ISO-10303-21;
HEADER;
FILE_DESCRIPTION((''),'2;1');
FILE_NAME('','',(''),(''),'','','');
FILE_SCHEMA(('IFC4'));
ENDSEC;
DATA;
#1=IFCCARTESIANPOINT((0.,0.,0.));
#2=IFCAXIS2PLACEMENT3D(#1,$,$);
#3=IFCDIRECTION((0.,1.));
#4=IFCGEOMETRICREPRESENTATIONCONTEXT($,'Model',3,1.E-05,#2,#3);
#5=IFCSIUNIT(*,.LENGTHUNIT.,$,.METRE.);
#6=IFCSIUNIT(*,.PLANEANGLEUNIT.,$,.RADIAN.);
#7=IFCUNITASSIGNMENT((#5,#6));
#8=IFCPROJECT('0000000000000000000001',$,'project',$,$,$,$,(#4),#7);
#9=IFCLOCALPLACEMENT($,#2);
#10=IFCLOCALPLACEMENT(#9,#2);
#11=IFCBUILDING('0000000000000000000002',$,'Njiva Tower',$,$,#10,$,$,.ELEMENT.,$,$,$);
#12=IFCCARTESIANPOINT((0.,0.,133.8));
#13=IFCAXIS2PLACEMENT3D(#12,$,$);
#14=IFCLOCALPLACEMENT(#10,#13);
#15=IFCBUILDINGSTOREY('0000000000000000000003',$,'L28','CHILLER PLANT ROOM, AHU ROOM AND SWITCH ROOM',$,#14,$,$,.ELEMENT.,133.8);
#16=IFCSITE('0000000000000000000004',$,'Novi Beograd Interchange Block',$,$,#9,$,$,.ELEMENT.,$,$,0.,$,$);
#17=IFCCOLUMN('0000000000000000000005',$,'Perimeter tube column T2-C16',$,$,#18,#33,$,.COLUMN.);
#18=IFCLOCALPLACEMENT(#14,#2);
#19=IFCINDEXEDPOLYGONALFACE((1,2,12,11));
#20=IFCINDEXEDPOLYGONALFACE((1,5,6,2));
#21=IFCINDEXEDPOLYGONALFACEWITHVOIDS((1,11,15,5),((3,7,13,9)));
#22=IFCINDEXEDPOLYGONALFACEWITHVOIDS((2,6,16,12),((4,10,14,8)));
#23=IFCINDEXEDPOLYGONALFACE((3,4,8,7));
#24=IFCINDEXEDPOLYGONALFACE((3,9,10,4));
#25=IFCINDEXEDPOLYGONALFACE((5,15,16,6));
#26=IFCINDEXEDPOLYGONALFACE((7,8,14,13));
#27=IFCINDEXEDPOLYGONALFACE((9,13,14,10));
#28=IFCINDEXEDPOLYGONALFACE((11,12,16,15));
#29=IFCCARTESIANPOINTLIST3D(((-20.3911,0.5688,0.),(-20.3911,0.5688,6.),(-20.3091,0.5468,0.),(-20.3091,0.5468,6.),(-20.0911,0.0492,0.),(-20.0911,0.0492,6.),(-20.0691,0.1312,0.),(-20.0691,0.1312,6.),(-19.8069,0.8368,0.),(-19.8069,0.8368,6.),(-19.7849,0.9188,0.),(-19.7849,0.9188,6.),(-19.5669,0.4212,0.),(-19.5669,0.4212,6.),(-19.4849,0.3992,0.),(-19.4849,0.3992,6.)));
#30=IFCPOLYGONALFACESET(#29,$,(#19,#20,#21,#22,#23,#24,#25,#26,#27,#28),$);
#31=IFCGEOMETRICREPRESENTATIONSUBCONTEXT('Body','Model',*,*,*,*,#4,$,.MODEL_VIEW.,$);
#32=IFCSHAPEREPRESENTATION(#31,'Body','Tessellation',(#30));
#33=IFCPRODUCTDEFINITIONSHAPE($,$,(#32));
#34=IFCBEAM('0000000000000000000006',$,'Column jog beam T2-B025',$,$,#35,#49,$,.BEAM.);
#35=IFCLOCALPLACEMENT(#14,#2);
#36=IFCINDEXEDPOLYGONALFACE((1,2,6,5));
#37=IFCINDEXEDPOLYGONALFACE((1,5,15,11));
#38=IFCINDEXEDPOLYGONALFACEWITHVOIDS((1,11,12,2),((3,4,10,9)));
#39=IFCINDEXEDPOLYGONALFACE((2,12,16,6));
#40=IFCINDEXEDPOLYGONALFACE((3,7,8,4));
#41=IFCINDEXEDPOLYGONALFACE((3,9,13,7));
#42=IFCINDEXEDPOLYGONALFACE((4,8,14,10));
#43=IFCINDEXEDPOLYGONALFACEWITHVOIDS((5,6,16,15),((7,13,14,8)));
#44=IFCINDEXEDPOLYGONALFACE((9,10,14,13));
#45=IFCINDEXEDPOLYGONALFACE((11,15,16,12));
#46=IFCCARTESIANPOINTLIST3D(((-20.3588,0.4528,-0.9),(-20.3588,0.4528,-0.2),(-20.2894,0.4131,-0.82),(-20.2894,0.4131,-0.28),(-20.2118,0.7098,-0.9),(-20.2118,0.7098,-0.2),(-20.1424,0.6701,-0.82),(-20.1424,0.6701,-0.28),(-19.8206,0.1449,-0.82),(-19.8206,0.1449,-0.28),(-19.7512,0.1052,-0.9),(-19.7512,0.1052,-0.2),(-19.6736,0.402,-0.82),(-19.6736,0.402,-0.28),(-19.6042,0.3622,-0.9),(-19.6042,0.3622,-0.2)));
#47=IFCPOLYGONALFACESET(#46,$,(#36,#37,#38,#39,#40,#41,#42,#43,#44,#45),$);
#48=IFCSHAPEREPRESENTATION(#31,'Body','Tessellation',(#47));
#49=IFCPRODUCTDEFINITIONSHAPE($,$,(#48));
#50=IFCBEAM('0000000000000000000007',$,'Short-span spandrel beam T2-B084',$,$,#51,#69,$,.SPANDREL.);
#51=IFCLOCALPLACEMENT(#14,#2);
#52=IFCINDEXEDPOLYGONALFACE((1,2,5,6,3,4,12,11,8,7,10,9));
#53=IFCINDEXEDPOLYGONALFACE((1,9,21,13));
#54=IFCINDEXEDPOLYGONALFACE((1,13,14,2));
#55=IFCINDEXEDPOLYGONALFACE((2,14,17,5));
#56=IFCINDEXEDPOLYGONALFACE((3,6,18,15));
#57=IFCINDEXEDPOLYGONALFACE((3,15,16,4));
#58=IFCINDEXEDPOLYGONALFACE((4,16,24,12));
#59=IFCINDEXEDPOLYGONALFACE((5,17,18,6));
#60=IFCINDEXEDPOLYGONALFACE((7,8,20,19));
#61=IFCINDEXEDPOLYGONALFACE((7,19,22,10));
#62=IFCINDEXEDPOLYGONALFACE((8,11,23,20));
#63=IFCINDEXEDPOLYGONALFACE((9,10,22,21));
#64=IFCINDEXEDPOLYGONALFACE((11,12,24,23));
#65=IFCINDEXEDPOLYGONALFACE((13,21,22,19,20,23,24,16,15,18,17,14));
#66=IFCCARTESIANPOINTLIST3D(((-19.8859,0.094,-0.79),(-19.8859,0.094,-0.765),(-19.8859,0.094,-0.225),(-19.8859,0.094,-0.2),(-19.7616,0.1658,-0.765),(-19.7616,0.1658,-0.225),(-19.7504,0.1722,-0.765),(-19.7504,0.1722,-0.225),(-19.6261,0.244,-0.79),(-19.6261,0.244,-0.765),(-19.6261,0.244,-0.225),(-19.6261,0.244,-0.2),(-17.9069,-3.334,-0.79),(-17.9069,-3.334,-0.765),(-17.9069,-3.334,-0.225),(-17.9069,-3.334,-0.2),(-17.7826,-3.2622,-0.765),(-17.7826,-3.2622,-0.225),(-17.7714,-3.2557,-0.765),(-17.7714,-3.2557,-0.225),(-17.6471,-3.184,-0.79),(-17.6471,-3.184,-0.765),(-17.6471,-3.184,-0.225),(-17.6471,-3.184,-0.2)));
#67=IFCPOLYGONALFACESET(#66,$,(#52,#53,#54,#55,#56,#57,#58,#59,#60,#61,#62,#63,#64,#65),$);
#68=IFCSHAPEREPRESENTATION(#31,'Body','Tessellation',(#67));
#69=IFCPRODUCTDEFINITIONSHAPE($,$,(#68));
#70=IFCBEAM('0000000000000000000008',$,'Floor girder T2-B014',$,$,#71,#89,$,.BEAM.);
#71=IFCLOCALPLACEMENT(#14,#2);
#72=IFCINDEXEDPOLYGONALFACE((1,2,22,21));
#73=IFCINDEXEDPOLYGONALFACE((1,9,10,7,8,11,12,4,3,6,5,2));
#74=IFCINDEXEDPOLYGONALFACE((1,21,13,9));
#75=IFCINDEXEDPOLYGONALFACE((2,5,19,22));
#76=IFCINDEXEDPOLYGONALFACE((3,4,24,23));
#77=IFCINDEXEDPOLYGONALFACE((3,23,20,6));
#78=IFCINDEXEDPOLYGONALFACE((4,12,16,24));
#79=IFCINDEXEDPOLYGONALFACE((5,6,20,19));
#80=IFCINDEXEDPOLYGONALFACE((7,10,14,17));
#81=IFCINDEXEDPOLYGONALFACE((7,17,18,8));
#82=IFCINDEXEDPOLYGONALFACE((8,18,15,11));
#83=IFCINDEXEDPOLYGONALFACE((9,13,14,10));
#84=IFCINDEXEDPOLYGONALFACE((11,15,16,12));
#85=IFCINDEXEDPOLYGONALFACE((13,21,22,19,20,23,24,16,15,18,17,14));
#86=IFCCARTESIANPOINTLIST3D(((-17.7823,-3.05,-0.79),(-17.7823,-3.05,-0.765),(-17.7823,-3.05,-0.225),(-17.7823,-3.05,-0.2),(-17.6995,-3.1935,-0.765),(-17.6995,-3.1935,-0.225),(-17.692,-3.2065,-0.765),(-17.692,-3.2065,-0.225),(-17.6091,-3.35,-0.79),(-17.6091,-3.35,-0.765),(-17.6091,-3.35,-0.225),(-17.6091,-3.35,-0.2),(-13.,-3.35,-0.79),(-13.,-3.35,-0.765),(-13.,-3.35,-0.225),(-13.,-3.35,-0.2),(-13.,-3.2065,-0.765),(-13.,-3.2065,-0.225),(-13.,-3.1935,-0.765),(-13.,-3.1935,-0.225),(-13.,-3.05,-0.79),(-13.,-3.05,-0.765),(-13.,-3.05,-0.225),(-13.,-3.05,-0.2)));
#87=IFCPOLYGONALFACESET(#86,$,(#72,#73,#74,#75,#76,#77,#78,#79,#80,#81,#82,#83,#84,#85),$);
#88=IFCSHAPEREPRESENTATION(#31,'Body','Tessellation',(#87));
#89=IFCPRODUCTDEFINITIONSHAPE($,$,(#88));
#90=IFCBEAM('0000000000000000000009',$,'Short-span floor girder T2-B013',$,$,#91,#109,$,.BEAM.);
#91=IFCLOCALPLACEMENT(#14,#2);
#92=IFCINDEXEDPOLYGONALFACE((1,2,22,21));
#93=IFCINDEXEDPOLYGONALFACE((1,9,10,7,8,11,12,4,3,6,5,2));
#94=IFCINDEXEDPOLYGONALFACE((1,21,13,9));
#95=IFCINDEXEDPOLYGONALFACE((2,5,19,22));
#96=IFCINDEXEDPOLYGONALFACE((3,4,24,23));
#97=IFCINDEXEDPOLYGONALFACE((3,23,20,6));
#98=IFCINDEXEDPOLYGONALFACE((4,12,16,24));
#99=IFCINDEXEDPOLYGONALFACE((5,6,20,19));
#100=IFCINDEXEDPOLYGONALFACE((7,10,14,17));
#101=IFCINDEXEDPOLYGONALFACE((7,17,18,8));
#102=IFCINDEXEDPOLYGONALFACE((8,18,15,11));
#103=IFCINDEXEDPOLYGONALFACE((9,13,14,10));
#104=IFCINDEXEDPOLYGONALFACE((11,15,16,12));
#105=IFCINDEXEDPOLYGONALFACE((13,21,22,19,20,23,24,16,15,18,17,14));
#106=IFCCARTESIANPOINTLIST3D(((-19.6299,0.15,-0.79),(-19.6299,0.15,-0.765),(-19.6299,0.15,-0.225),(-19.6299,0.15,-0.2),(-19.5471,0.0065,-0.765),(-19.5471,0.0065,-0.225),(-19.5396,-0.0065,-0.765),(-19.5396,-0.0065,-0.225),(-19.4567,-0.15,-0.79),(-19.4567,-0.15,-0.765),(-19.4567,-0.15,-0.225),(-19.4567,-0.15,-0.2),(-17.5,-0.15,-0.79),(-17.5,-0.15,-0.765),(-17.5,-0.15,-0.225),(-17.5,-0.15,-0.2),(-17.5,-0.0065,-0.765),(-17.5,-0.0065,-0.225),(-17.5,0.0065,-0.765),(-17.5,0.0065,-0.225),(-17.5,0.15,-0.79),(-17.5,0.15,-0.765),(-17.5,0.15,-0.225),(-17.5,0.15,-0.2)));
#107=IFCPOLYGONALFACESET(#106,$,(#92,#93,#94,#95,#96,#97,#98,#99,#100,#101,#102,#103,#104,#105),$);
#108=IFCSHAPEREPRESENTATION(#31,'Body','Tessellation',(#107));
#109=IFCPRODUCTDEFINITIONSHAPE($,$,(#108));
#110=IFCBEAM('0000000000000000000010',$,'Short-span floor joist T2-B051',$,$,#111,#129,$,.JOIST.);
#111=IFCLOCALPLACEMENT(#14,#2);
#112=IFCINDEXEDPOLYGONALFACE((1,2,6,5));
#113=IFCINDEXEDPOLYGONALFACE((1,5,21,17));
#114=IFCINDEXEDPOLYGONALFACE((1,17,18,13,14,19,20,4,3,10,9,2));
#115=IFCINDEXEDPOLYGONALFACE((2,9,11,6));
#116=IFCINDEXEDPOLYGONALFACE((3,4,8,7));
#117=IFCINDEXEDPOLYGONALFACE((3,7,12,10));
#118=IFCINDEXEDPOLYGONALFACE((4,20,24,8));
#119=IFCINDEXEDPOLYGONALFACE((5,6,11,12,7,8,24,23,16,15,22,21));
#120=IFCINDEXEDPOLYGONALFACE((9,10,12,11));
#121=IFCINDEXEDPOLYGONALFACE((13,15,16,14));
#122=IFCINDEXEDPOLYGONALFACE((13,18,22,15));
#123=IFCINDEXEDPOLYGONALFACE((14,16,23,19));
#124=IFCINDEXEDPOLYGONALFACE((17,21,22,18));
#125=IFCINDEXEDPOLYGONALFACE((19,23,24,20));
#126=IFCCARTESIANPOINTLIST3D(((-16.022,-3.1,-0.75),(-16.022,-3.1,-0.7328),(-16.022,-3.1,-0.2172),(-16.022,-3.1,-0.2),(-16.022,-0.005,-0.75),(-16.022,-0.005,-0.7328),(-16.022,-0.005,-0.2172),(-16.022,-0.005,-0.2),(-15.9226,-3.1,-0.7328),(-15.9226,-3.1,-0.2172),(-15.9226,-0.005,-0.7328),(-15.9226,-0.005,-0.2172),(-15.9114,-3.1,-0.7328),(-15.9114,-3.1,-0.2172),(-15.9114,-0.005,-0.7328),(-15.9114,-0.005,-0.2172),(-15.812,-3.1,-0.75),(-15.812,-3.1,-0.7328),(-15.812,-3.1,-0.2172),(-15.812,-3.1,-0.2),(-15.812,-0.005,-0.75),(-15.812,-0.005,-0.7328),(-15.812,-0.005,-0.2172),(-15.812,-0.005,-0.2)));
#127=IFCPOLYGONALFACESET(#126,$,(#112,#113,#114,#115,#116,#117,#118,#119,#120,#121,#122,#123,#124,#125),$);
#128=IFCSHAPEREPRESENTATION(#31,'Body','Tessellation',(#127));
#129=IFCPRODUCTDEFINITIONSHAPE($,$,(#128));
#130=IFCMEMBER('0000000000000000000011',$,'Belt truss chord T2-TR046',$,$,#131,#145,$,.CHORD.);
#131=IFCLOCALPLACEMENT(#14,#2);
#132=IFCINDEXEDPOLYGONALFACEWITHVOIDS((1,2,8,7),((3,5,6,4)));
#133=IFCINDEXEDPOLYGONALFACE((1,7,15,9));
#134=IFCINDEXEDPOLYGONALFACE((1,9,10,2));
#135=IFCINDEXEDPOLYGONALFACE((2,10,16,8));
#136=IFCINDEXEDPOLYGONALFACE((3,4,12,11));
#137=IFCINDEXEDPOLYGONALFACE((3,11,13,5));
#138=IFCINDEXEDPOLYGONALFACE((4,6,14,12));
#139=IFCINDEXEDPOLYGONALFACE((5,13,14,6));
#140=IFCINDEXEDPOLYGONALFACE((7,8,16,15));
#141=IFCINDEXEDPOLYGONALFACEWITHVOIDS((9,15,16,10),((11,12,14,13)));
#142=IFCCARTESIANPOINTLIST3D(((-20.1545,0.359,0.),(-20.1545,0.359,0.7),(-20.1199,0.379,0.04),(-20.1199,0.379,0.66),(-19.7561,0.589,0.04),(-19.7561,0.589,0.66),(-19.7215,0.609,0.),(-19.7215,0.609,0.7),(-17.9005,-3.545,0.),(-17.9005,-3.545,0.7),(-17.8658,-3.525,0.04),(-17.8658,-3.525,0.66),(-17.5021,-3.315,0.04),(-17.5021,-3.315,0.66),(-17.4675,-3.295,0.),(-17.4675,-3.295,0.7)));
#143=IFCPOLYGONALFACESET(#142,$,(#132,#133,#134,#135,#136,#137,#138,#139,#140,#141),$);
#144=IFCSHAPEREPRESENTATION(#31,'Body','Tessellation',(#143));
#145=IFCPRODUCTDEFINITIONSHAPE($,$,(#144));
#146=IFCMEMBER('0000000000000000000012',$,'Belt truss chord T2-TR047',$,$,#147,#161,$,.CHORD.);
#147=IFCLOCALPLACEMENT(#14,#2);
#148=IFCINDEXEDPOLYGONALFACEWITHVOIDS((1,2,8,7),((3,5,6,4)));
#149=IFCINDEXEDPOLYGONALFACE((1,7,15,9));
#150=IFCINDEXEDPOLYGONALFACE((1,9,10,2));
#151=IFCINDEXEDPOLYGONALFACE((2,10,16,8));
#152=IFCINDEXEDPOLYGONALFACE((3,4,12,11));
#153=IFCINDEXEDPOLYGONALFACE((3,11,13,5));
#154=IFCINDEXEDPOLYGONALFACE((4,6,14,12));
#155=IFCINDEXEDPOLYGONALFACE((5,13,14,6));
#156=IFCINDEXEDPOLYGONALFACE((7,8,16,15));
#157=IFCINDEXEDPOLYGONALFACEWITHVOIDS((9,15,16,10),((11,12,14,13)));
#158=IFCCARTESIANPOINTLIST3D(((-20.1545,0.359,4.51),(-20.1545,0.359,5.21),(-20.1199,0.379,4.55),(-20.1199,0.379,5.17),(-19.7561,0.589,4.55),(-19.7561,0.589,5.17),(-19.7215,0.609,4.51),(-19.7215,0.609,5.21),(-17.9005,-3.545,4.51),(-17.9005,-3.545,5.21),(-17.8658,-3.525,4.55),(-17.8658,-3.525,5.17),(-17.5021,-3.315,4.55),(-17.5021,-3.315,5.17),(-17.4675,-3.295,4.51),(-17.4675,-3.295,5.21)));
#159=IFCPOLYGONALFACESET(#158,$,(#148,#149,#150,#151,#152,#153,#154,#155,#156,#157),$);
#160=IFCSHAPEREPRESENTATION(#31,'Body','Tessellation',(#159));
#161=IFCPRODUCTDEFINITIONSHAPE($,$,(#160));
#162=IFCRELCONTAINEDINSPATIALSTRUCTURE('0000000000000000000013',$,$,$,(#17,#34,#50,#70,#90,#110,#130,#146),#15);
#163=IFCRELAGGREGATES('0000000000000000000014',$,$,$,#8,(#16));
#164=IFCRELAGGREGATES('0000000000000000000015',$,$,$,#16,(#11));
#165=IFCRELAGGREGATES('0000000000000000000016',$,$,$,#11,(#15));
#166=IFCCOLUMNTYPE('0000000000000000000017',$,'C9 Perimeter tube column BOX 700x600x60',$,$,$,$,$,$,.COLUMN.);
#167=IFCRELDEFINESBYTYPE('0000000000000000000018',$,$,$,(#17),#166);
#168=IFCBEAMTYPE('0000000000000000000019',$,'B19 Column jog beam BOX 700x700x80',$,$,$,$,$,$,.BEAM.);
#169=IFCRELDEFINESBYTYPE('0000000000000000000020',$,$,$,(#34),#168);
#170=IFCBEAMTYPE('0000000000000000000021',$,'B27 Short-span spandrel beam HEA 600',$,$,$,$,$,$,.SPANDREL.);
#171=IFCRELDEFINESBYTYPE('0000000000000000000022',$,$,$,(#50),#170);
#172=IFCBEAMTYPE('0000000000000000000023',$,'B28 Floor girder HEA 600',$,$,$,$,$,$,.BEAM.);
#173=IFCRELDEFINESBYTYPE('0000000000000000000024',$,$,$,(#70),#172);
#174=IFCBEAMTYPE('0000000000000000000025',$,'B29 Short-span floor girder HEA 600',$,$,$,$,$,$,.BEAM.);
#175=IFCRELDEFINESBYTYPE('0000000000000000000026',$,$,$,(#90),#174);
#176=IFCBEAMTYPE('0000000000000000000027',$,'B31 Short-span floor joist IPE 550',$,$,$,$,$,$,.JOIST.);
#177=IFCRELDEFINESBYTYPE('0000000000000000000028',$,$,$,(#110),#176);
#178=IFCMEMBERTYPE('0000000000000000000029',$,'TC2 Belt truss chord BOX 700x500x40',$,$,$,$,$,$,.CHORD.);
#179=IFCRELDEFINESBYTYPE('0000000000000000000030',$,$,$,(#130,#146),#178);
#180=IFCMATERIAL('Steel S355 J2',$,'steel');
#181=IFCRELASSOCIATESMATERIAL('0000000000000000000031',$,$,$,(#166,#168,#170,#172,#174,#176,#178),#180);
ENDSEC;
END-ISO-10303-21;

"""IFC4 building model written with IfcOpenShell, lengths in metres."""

from ifc_helpers import new_model, si_unit, direction, frame, origin, origin_2d, place, context, subcontext, project, spatial, hollow_rectangle, i_section, extrude, clip, halfspace, material, material_profile, profile_set, type_object, element, save


model = new_model("IFC4")

# Units and contexts
model_context = context("Model", 3, precision=1e-05, world=origin(), true_north=direction((0.0, 1.0)))
body_context = subcontext(model_context, "Body", "Model", "MODEL_VIEW")
ifc_project = project(units=[si_unit("LENGTHUNIT", "METRE"), si_unit("PLANEANGLEUNIT", "RADIAN")], contexts=[model_context])

# Site, building, storey
site_placement = place(None, origin())
site = spatial("IfcSite", under=ifc_project, at=site_placement, Name="Novi Beograd Interchange Block", CompositionType="ELEMENT", RefElevation=0.0)
building_placement = place(site_placement, origin())
building = spatial("IfcBuilding", under=site, at=building_placement, Name="Njiva Tower", CompositionType="ELEMENT")
storey_placement = place(building_placement, frame((0.0, 0.0, 133.8)))
storey = spatial("IfcBuildingStorey", under=building, at=storey_placement, Name="L28", Description="CHILLER PLANT ROOM, AHU ROOM AND SWITCH ROOM", CompositionType="ELEMENT", Elevation=133.8)

# Column
ifc_material_1 = material(Name="Steel S355 J2", Category="steel")
ifc_material_profile_1 = material_profile(ifc_material_1, hollow_rectangle(XDim=0.6, YDim=0.7, WallThickness=0.06, at=origin_2d()), Name="BOX 700x600x60")
ifc_profile_set_1 = profile_set([ifc_material_profile_1], Name="Steel S355 J2")
column_type = type_object("IfcColumnType", Name="C9 Perimeter tube column BOX 700x600x60", PredefinedType="COLUMN", material=ifc_profile_set_1)
column_placement = place(storey_placement, frame((-19.938, 0.484, 0.0), z_axis=(0.0, 0.0, 1.0), x_axis=(0.5, -0.866025, 0.0)))
element("IfcColumn", 1, at=column_placement, inside=storey, type_object=column_type, Name="Perimeter tube column T2-C16", PredefinedType="COLUMN", context=body_context, shape_type="SweptSolid", body=[
    extrude(hollow_rectangle(XDim=0.6, YDim=0.7, WallThickness=0.06, at=origin_2d()), origin(), (0.0, 0.0, 1.0), 6.0),
])

# Beams
ifc_material_profile_2 = material_profile(ifc_material_1, hollow_rectangle(XDim=0.7, YDim=0.7, WallThickness=0.08, at=origin_2d()), Name="BOX 700x700x80")
ifc_profile_set_2 = profile_set([ifc_material_profile_2], Name="Steel S355 J2")
beam_type_1 = type_object("IfcBeamType", Name="B19 Column jog beam BOX 700x700x80", PredefinedType="BEAM", material=ifc_profile_set_2)
beam_1_placement = place(storey_placement, frame((-20.055, 0.279, -0.55), z_axis=(0.496503, 0.868035, 0.0), x_axis=(-0.868035, 0.496503, 0.0)))
element("IfcBeam", 2, at=beam_1_placement, inside=storey, type_object=beam_type_1, Name="Column jog beam T2-B025", PredefinedType="BEAM", context=body_context, shape_type="SweptSolid", body=[
    extrude(hollow_rectangle(XDim=0.7, YDim=0.7, WallThickness=0.08, at=origin_2d()), origin(), (0.0, 0.0, 1.0), 0.2961),
])
ifc_material_profile_3 = material_profile(ifc_material_1, i_section(OverallWidth=0.3, OverallDepth=0.59, WebThickness=0.013, FlangeThickness=0.025, at=origin_2d()), Name="HEA 600")
ifc_profile_set_3 = profile_set([ifc_material_profile_3], Name="Steel S355 J2")
beam_type_2 = type_object("IfcBeamType", Name="B27 Short-span spandrel beam HEA 600", PredefinedType="SPANDREL", material=ifc_profile_set_3)
beam_2_placement = place(storey_placement, frame((-19.756, 0.169, -0.495), z_axis=(0.49997, -0.866043, 0.0), x_axis=(0.866043, 0.49997, 0.0)))
element("IfcBeam", 3, at=beam_2_placement, inside=storey, type_object=beam_type_2, Name="Short-span spandrel beam T2-B084", PredefinedType="SPANDREL", context=body_context, shape_type="SweptSolid", body=[
    extrude(i_section(OverallWidth=0.3, OverallDepth=0.59, WebThickness=0.013, FlangeThickness=0.025, at=origin_2d()), origin(), (0.0, 0.0, 1.0), 3.9582),
])
ifc_material_profile_4 = material_profile(ifc_material_1, i_section(OverallWidth=0.3, OverallDepth=0.59, WebThickness=0.013, FlangeThickness=0.025, at=origin_2d()), Name="HEA 600")
ifc_profile_set_4 = profile_set([ifc_material_profile_4], Name="Steel S355 J2")
beam_type_3 = type_object("IfcBeamType", Name="B28 Floor girder HEA 600", PredefinedType="BEAM", material=ifc_profile_set_4)
beam_3_placement = place(storey_placement, frame((-17.803, -3.2, -0.495), z_axis=(1.0, 0.0, 0.0), x_axis=(0.0, 1.0, 0.0)))
element("IfcBeam", 4, at=beam_3_placement, inside=storey, type_object=beam_type_3, Name="Floor girder T2-B014", PredefinedType="BEAM", context=body_context, shape_type="Clipping", body=[
    clip(extrude(i_section(OverallWidth=0.3, OverallDepth=0.59, WebThickness=0.013, FlangeThickness=0.025, at=origin_2d()), origin(), (0.0, 0.0, 1.0), 4.803), halfspace(frame((-0.025, 0.0, 0.1217), z_axis=(-0.499998, 0.0, -0.866027), x_axis=(0.0, -1.0, 0.0)), False)),
])
ifc_material_profile_5 = material_profile(ifc_material_1, i_section(OverallWidth=0.3, OverallDepth=0.59, WebThickness=0.013, FlangeThickness=0.025, at=origin_2d()), Name="HEA 600")
ifc_profile_set_5 = profile_set([ifc_material_profile_5], Name="Steel S355 J2")
beam_type_4 = type_object("IfcBeamType", Name="B29 Short-span floor girder HEA 600", PredefinedType="BEAM", material=ifc_profile_set_5)
beam_4_placement = place(storey_placement, frame((-19.65, 0.0, -0.495), z_axis=(1.0, 0.0, 0.0), x_axis=(0.0, 1.0, 0.0)))
element("IfcBeam", 5, at=beam_4_placement, inside=storey, type_object=beam_type_4, Name="Short-span floor girder T2-B013", PredefinedType="BEAM", context=body_context, shape_type="Clipping", body=[
    clip(extrude(i_section(OverallWidth=0.3, OverallDepth=0.59, WebThickness=0.013, FlangeThickness=0.025, at=origin_2d()), origin(), (0.0, 0.0, 1.0), 2.15), halfspace(frame((-0.025, 0.0, 0.1211), z_axis=(-0.499998, 0.0, -0.866027), x_axis=(0.0, -1.0, 0.0)), False)),
])
ifc_material_profile_6 = material_profile(ifc_material_1, i_section(OverallWidth=0.21, OverallDepth=0.55, WebThickness=0.0111, FlangeThickness=0.0172, at=origin_2d()), Name="IPE 550")
ifc_profile_set_6 = profile_set([ifc_material_profile_6], Name="Steel S355 J2")
beam_type_5 = type_object("IfcBeamType", Name="B31 Short-span floor joist IPE 550", PredefinedType="JOIST", material=ifc_profile_set_6)
beam_5_placement = place(storey_placement, frame((-15.917, -0.005, -0.475), z_axis=(0.0, -1.0, 0.0), x_axis=(1.0, 0.0, 0.0)))
element("IfcBeam", 6, at=beam_5_placement, inside=storey, type_object=beam_type_5, Name="Short-span floor joist T2-B051", PredefinedType="JOIST", context=body_context, shape_type="SweptSolid", body=[
    extrude(i_section(OverallWidth=0.21, OverallDepth=0.55, WebThickness=0.0111, FlangeThickness=0.0172, at=origin_2d()), origin(), (0.0, 0.0, 1.0), 3.095),
])

# Members
ifc_material_profile_7 = material_profile(ifc_material_1, hollow_rectangle(XDim=0.5, YDim=0.7, WallThickness=0.04, at=origin_2d()), Name="BOX 700x500x40")
ifc_profile_set_7 = profile_set([ifc_material_profile_7], Name="Steel S355 J2")
member_type_1 = type_object("IfcMemberType", Name="TC2 Belt truss chord BOX 700x500x40", PredefinedType="CHORD", material=ifc_profile_set_7)
for number, where, z_axis, x_axis, name in (
    (7, (-19.938, 0.484, 0.35), (0.500004, -0.866023, 0.0), (0.866023, 0.500004, 0.0), "Belt truss chord T2-TR046"),
    (8, (-19.938, 0.484, 4.86), (0.500004, -0.866023, 0.0), (0.866023, 0.500004, 0.0), "Belt truss chord T2-TR047"),
):
    element("IfcMember", number, at=place(storey_placement, frame(where, z_axis=z_axis, x_axis=x_axis)), inside=storey, type_object=member_type_1, Name=name, PredefinedType="CHORD", context=body_context, shape_type="SweptSolid", body=[
        extrude(hollow_rectangle(XDim=0.5, YDim=0.7, WallThickness=0.04, at=origin_2d()), origin(), (0.0, 0.0, 1.0), 4.508),
    ])

save(model, "model.ifc")
